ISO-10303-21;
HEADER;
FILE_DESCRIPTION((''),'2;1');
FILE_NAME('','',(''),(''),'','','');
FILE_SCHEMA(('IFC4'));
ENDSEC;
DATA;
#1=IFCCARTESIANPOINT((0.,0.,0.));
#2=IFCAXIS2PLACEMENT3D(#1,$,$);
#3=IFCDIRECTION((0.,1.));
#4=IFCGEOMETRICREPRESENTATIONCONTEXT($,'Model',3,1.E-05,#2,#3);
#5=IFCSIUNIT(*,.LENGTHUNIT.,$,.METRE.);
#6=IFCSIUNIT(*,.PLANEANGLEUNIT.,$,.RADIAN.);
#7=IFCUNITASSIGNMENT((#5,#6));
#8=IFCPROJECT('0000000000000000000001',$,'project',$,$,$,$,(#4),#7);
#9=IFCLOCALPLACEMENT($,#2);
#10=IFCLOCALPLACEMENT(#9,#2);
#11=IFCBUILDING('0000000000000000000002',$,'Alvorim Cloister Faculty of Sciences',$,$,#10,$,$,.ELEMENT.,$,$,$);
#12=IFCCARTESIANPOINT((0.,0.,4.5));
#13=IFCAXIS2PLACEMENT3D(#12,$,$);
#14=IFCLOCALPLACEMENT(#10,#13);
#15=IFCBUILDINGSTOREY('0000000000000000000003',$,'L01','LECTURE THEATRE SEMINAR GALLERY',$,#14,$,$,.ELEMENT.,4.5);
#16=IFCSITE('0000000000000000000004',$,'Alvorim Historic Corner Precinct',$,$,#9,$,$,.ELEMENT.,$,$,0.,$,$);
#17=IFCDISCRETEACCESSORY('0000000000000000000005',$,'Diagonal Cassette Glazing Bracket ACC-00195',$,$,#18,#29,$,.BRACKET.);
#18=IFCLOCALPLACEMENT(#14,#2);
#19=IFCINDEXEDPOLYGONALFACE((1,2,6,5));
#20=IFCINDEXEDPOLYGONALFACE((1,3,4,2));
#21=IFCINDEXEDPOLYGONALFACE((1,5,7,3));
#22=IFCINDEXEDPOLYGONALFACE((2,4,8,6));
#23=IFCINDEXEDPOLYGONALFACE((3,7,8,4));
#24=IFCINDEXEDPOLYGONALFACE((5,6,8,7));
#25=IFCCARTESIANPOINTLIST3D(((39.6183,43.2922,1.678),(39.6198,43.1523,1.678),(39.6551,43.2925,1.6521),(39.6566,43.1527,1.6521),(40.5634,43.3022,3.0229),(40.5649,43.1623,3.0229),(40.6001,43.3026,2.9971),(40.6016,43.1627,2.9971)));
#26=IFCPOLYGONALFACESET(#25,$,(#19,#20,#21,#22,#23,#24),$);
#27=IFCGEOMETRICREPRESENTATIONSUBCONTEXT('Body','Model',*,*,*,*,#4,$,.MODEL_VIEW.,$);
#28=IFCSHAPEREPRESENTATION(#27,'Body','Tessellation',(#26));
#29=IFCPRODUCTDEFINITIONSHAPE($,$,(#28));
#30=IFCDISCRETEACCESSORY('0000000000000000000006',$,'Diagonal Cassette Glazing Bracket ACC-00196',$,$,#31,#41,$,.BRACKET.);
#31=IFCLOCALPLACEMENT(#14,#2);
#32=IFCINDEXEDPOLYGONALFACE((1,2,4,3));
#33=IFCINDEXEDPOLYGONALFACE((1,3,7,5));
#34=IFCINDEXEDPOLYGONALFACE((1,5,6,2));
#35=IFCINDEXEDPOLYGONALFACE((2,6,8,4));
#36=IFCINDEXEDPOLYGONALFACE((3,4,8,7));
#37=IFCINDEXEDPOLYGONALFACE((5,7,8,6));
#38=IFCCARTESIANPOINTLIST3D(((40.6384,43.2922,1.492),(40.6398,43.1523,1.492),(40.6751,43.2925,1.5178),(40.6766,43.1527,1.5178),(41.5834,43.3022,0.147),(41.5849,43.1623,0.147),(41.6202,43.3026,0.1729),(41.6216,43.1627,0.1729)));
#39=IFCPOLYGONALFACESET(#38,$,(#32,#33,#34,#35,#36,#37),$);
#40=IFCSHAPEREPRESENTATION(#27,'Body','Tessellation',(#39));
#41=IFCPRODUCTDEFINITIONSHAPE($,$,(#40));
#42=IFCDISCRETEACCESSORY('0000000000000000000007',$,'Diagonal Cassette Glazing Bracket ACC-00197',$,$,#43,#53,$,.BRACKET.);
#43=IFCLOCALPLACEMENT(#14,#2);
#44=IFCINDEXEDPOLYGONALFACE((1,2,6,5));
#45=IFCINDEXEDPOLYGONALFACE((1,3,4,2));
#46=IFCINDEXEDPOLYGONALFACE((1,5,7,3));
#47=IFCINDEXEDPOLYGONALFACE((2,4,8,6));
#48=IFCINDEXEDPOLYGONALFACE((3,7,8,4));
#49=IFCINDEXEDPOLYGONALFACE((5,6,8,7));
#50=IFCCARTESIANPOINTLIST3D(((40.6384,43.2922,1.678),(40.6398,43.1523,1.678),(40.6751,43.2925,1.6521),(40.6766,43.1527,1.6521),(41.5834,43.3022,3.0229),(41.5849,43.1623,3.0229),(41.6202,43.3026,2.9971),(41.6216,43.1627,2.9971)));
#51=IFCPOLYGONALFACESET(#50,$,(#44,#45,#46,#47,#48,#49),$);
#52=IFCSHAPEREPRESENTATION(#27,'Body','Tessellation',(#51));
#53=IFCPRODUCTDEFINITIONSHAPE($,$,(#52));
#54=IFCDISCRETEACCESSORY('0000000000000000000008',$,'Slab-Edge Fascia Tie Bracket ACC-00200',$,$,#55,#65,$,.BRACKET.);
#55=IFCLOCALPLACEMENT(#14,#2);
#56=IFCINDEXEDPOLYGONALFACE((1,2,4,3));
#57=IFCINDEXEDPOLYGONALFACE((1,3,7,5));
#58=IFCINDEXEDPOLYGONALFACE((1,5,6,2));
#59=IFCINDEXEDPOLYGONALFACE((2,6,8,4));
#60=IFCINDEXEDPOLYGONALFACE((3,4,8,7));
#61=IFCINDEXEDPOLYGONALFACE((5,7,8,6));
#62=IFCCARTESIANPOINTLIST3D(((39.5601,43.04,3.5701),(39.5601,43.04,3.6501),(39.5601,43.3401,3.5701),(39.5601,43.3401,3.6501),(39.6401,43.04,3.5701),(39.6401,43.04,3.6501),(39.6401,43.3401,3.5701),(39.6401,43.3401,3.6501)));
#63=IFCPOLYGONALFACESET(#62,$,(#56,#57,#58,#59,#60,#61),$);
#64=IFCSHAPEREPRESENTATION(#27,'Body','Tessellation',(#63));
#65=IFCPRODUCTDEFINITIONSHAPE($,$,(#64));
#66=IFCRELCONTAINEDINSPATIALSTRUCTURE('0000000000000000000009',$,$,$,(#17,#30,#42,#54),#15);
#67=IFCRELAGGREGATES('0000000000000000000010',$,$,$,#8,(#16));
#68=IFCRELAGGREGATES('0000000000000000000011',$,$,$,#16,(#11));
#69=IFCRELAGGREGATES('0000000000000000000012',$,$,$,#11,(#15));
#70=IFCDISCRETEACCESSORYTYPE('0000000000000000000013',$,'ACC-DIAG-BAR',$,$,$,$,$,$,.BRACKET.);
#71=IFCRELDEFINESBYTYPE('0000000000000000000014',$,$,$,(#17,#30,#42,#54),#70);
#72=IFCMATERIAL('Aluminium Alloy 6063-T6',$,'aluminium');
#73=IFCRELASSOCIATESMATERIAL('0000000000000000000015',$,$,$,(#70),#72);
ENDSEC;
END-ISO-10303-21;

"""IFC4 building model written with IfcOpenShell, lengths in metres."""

from ifc_helpers import new_model, si_unit, direction, frame, origin, origin_2d, place, context, subcontext, project, spatial, rectangle, extrude, material, type_object, element, save


model = new_model("IFC4")

# Units and contexts
model_context = context("Model", 3, precision=1e-05, world=origin(), true_north=direction((0.0, 1.0)))
body_context = subcontext(model_context, "Body", "Model", "MODEL_VIEW")
ifc_project = project(units=[si_unit("LENGTHUNIT", "METRE"), si_unit("PLANEANGLEUNIT", "RADIAN")], contexts=[model_context])

# Site, building, storey
site_placement = place(None, origin())
site = spatial("IfcSite", under=ifc_project, at=site_placement, Name="Alvorim Historic Corner Precinct", CompositionType="ELEMENT", RefElevation=0.0)
building_placement = place(site_placement, origin())
building = spatial("IfcBuilding", under=site, at=building_placement, Name="Alvorim Cloister Faculty of Sciences", CompositionType="ELEMENT")
storey_placement = place(building_placement, frame((0.0, 0.0, 4.5)))
storey = spatial("IfcBuildingStorey", under=building, at=storey_placement, Name="L01", Description="LECTURE THEATRE SEMINAR GALLERY", CompositionType="ELEMENT", Elevation=4.5)

# Shared definitions
ifc_material_1 = material(Name="Aluminium Alloy 6063-T6", Category="aluminium")

# Discrete accessories
discrete_accessory_type = type_object("IfcDiscreteAccessoryType", Name="ACC-DIAG-BAR", PredefinedType="BRACKET", material=ifc_material_1)
for number, where, z_axis, x_axis, name in (
    (1, (39.6375, 43.2224, 1.665), (0.574916, 0.006089, 0.81819), (-0.010591, 0.999944, 0.0), "Diagonal Cassette Glazing Bracket ACC-00195"),
    (2, (40.6575, 43.2224, 1.5049), (0.574916, 0.006089, -0.81819), (-0.010591, 0.999944, 0.0), "Diagonal Cassette Glazing Bracket ACC-00196"),
    (3, (40.6575, 43.2224, 1.665), (0.574916, 0.006089, 0.81819), (-0.010591, 0.999944, 0.0), "Diagonal Cassette Glazing Bracket ACC-00197"),
):
    element("IfcDiscreteAccessory", number, at=place(storey_placement, frame(where, z_axis=z_axis, x_axis=x_axis)), inside=storey, type_object=discrete_accessory_type, Name=name, PredefinedType="BRACKET", context=body_context, shape_type="SweptSolid", body=[
        extrude(rectangle(XDim=0.1399, YDim=0.0449, at=origin_2d()), origin(), (0.0, 0.0, 1.0), 1.6438),
    ])
discrete_accessory_placement = place(storey_placement, frame((39.6001, 43.3401, 3.6101), z_axis=(0.0, -1.0, 0.0), x_axis=(1.0, 0.0, 0.0)))
element("IfcDiscreteAccessory", 4, at=discrete_accessory_placement, inside=storey, type_object=discrete_accessory_type, Name="Slab-Edge Fascia Tie Bracket ACC-00200", PredefinedType="BRACKET", context=body_context, shape_type="SweptSolid", body=[
    extrude(rectangle(XDim=0.0801, YDim=0.0801, at=origin_2d()), origin(), (0.0, 0.0, 1.0), 0.3),
])

save(model, "model.ifc")
